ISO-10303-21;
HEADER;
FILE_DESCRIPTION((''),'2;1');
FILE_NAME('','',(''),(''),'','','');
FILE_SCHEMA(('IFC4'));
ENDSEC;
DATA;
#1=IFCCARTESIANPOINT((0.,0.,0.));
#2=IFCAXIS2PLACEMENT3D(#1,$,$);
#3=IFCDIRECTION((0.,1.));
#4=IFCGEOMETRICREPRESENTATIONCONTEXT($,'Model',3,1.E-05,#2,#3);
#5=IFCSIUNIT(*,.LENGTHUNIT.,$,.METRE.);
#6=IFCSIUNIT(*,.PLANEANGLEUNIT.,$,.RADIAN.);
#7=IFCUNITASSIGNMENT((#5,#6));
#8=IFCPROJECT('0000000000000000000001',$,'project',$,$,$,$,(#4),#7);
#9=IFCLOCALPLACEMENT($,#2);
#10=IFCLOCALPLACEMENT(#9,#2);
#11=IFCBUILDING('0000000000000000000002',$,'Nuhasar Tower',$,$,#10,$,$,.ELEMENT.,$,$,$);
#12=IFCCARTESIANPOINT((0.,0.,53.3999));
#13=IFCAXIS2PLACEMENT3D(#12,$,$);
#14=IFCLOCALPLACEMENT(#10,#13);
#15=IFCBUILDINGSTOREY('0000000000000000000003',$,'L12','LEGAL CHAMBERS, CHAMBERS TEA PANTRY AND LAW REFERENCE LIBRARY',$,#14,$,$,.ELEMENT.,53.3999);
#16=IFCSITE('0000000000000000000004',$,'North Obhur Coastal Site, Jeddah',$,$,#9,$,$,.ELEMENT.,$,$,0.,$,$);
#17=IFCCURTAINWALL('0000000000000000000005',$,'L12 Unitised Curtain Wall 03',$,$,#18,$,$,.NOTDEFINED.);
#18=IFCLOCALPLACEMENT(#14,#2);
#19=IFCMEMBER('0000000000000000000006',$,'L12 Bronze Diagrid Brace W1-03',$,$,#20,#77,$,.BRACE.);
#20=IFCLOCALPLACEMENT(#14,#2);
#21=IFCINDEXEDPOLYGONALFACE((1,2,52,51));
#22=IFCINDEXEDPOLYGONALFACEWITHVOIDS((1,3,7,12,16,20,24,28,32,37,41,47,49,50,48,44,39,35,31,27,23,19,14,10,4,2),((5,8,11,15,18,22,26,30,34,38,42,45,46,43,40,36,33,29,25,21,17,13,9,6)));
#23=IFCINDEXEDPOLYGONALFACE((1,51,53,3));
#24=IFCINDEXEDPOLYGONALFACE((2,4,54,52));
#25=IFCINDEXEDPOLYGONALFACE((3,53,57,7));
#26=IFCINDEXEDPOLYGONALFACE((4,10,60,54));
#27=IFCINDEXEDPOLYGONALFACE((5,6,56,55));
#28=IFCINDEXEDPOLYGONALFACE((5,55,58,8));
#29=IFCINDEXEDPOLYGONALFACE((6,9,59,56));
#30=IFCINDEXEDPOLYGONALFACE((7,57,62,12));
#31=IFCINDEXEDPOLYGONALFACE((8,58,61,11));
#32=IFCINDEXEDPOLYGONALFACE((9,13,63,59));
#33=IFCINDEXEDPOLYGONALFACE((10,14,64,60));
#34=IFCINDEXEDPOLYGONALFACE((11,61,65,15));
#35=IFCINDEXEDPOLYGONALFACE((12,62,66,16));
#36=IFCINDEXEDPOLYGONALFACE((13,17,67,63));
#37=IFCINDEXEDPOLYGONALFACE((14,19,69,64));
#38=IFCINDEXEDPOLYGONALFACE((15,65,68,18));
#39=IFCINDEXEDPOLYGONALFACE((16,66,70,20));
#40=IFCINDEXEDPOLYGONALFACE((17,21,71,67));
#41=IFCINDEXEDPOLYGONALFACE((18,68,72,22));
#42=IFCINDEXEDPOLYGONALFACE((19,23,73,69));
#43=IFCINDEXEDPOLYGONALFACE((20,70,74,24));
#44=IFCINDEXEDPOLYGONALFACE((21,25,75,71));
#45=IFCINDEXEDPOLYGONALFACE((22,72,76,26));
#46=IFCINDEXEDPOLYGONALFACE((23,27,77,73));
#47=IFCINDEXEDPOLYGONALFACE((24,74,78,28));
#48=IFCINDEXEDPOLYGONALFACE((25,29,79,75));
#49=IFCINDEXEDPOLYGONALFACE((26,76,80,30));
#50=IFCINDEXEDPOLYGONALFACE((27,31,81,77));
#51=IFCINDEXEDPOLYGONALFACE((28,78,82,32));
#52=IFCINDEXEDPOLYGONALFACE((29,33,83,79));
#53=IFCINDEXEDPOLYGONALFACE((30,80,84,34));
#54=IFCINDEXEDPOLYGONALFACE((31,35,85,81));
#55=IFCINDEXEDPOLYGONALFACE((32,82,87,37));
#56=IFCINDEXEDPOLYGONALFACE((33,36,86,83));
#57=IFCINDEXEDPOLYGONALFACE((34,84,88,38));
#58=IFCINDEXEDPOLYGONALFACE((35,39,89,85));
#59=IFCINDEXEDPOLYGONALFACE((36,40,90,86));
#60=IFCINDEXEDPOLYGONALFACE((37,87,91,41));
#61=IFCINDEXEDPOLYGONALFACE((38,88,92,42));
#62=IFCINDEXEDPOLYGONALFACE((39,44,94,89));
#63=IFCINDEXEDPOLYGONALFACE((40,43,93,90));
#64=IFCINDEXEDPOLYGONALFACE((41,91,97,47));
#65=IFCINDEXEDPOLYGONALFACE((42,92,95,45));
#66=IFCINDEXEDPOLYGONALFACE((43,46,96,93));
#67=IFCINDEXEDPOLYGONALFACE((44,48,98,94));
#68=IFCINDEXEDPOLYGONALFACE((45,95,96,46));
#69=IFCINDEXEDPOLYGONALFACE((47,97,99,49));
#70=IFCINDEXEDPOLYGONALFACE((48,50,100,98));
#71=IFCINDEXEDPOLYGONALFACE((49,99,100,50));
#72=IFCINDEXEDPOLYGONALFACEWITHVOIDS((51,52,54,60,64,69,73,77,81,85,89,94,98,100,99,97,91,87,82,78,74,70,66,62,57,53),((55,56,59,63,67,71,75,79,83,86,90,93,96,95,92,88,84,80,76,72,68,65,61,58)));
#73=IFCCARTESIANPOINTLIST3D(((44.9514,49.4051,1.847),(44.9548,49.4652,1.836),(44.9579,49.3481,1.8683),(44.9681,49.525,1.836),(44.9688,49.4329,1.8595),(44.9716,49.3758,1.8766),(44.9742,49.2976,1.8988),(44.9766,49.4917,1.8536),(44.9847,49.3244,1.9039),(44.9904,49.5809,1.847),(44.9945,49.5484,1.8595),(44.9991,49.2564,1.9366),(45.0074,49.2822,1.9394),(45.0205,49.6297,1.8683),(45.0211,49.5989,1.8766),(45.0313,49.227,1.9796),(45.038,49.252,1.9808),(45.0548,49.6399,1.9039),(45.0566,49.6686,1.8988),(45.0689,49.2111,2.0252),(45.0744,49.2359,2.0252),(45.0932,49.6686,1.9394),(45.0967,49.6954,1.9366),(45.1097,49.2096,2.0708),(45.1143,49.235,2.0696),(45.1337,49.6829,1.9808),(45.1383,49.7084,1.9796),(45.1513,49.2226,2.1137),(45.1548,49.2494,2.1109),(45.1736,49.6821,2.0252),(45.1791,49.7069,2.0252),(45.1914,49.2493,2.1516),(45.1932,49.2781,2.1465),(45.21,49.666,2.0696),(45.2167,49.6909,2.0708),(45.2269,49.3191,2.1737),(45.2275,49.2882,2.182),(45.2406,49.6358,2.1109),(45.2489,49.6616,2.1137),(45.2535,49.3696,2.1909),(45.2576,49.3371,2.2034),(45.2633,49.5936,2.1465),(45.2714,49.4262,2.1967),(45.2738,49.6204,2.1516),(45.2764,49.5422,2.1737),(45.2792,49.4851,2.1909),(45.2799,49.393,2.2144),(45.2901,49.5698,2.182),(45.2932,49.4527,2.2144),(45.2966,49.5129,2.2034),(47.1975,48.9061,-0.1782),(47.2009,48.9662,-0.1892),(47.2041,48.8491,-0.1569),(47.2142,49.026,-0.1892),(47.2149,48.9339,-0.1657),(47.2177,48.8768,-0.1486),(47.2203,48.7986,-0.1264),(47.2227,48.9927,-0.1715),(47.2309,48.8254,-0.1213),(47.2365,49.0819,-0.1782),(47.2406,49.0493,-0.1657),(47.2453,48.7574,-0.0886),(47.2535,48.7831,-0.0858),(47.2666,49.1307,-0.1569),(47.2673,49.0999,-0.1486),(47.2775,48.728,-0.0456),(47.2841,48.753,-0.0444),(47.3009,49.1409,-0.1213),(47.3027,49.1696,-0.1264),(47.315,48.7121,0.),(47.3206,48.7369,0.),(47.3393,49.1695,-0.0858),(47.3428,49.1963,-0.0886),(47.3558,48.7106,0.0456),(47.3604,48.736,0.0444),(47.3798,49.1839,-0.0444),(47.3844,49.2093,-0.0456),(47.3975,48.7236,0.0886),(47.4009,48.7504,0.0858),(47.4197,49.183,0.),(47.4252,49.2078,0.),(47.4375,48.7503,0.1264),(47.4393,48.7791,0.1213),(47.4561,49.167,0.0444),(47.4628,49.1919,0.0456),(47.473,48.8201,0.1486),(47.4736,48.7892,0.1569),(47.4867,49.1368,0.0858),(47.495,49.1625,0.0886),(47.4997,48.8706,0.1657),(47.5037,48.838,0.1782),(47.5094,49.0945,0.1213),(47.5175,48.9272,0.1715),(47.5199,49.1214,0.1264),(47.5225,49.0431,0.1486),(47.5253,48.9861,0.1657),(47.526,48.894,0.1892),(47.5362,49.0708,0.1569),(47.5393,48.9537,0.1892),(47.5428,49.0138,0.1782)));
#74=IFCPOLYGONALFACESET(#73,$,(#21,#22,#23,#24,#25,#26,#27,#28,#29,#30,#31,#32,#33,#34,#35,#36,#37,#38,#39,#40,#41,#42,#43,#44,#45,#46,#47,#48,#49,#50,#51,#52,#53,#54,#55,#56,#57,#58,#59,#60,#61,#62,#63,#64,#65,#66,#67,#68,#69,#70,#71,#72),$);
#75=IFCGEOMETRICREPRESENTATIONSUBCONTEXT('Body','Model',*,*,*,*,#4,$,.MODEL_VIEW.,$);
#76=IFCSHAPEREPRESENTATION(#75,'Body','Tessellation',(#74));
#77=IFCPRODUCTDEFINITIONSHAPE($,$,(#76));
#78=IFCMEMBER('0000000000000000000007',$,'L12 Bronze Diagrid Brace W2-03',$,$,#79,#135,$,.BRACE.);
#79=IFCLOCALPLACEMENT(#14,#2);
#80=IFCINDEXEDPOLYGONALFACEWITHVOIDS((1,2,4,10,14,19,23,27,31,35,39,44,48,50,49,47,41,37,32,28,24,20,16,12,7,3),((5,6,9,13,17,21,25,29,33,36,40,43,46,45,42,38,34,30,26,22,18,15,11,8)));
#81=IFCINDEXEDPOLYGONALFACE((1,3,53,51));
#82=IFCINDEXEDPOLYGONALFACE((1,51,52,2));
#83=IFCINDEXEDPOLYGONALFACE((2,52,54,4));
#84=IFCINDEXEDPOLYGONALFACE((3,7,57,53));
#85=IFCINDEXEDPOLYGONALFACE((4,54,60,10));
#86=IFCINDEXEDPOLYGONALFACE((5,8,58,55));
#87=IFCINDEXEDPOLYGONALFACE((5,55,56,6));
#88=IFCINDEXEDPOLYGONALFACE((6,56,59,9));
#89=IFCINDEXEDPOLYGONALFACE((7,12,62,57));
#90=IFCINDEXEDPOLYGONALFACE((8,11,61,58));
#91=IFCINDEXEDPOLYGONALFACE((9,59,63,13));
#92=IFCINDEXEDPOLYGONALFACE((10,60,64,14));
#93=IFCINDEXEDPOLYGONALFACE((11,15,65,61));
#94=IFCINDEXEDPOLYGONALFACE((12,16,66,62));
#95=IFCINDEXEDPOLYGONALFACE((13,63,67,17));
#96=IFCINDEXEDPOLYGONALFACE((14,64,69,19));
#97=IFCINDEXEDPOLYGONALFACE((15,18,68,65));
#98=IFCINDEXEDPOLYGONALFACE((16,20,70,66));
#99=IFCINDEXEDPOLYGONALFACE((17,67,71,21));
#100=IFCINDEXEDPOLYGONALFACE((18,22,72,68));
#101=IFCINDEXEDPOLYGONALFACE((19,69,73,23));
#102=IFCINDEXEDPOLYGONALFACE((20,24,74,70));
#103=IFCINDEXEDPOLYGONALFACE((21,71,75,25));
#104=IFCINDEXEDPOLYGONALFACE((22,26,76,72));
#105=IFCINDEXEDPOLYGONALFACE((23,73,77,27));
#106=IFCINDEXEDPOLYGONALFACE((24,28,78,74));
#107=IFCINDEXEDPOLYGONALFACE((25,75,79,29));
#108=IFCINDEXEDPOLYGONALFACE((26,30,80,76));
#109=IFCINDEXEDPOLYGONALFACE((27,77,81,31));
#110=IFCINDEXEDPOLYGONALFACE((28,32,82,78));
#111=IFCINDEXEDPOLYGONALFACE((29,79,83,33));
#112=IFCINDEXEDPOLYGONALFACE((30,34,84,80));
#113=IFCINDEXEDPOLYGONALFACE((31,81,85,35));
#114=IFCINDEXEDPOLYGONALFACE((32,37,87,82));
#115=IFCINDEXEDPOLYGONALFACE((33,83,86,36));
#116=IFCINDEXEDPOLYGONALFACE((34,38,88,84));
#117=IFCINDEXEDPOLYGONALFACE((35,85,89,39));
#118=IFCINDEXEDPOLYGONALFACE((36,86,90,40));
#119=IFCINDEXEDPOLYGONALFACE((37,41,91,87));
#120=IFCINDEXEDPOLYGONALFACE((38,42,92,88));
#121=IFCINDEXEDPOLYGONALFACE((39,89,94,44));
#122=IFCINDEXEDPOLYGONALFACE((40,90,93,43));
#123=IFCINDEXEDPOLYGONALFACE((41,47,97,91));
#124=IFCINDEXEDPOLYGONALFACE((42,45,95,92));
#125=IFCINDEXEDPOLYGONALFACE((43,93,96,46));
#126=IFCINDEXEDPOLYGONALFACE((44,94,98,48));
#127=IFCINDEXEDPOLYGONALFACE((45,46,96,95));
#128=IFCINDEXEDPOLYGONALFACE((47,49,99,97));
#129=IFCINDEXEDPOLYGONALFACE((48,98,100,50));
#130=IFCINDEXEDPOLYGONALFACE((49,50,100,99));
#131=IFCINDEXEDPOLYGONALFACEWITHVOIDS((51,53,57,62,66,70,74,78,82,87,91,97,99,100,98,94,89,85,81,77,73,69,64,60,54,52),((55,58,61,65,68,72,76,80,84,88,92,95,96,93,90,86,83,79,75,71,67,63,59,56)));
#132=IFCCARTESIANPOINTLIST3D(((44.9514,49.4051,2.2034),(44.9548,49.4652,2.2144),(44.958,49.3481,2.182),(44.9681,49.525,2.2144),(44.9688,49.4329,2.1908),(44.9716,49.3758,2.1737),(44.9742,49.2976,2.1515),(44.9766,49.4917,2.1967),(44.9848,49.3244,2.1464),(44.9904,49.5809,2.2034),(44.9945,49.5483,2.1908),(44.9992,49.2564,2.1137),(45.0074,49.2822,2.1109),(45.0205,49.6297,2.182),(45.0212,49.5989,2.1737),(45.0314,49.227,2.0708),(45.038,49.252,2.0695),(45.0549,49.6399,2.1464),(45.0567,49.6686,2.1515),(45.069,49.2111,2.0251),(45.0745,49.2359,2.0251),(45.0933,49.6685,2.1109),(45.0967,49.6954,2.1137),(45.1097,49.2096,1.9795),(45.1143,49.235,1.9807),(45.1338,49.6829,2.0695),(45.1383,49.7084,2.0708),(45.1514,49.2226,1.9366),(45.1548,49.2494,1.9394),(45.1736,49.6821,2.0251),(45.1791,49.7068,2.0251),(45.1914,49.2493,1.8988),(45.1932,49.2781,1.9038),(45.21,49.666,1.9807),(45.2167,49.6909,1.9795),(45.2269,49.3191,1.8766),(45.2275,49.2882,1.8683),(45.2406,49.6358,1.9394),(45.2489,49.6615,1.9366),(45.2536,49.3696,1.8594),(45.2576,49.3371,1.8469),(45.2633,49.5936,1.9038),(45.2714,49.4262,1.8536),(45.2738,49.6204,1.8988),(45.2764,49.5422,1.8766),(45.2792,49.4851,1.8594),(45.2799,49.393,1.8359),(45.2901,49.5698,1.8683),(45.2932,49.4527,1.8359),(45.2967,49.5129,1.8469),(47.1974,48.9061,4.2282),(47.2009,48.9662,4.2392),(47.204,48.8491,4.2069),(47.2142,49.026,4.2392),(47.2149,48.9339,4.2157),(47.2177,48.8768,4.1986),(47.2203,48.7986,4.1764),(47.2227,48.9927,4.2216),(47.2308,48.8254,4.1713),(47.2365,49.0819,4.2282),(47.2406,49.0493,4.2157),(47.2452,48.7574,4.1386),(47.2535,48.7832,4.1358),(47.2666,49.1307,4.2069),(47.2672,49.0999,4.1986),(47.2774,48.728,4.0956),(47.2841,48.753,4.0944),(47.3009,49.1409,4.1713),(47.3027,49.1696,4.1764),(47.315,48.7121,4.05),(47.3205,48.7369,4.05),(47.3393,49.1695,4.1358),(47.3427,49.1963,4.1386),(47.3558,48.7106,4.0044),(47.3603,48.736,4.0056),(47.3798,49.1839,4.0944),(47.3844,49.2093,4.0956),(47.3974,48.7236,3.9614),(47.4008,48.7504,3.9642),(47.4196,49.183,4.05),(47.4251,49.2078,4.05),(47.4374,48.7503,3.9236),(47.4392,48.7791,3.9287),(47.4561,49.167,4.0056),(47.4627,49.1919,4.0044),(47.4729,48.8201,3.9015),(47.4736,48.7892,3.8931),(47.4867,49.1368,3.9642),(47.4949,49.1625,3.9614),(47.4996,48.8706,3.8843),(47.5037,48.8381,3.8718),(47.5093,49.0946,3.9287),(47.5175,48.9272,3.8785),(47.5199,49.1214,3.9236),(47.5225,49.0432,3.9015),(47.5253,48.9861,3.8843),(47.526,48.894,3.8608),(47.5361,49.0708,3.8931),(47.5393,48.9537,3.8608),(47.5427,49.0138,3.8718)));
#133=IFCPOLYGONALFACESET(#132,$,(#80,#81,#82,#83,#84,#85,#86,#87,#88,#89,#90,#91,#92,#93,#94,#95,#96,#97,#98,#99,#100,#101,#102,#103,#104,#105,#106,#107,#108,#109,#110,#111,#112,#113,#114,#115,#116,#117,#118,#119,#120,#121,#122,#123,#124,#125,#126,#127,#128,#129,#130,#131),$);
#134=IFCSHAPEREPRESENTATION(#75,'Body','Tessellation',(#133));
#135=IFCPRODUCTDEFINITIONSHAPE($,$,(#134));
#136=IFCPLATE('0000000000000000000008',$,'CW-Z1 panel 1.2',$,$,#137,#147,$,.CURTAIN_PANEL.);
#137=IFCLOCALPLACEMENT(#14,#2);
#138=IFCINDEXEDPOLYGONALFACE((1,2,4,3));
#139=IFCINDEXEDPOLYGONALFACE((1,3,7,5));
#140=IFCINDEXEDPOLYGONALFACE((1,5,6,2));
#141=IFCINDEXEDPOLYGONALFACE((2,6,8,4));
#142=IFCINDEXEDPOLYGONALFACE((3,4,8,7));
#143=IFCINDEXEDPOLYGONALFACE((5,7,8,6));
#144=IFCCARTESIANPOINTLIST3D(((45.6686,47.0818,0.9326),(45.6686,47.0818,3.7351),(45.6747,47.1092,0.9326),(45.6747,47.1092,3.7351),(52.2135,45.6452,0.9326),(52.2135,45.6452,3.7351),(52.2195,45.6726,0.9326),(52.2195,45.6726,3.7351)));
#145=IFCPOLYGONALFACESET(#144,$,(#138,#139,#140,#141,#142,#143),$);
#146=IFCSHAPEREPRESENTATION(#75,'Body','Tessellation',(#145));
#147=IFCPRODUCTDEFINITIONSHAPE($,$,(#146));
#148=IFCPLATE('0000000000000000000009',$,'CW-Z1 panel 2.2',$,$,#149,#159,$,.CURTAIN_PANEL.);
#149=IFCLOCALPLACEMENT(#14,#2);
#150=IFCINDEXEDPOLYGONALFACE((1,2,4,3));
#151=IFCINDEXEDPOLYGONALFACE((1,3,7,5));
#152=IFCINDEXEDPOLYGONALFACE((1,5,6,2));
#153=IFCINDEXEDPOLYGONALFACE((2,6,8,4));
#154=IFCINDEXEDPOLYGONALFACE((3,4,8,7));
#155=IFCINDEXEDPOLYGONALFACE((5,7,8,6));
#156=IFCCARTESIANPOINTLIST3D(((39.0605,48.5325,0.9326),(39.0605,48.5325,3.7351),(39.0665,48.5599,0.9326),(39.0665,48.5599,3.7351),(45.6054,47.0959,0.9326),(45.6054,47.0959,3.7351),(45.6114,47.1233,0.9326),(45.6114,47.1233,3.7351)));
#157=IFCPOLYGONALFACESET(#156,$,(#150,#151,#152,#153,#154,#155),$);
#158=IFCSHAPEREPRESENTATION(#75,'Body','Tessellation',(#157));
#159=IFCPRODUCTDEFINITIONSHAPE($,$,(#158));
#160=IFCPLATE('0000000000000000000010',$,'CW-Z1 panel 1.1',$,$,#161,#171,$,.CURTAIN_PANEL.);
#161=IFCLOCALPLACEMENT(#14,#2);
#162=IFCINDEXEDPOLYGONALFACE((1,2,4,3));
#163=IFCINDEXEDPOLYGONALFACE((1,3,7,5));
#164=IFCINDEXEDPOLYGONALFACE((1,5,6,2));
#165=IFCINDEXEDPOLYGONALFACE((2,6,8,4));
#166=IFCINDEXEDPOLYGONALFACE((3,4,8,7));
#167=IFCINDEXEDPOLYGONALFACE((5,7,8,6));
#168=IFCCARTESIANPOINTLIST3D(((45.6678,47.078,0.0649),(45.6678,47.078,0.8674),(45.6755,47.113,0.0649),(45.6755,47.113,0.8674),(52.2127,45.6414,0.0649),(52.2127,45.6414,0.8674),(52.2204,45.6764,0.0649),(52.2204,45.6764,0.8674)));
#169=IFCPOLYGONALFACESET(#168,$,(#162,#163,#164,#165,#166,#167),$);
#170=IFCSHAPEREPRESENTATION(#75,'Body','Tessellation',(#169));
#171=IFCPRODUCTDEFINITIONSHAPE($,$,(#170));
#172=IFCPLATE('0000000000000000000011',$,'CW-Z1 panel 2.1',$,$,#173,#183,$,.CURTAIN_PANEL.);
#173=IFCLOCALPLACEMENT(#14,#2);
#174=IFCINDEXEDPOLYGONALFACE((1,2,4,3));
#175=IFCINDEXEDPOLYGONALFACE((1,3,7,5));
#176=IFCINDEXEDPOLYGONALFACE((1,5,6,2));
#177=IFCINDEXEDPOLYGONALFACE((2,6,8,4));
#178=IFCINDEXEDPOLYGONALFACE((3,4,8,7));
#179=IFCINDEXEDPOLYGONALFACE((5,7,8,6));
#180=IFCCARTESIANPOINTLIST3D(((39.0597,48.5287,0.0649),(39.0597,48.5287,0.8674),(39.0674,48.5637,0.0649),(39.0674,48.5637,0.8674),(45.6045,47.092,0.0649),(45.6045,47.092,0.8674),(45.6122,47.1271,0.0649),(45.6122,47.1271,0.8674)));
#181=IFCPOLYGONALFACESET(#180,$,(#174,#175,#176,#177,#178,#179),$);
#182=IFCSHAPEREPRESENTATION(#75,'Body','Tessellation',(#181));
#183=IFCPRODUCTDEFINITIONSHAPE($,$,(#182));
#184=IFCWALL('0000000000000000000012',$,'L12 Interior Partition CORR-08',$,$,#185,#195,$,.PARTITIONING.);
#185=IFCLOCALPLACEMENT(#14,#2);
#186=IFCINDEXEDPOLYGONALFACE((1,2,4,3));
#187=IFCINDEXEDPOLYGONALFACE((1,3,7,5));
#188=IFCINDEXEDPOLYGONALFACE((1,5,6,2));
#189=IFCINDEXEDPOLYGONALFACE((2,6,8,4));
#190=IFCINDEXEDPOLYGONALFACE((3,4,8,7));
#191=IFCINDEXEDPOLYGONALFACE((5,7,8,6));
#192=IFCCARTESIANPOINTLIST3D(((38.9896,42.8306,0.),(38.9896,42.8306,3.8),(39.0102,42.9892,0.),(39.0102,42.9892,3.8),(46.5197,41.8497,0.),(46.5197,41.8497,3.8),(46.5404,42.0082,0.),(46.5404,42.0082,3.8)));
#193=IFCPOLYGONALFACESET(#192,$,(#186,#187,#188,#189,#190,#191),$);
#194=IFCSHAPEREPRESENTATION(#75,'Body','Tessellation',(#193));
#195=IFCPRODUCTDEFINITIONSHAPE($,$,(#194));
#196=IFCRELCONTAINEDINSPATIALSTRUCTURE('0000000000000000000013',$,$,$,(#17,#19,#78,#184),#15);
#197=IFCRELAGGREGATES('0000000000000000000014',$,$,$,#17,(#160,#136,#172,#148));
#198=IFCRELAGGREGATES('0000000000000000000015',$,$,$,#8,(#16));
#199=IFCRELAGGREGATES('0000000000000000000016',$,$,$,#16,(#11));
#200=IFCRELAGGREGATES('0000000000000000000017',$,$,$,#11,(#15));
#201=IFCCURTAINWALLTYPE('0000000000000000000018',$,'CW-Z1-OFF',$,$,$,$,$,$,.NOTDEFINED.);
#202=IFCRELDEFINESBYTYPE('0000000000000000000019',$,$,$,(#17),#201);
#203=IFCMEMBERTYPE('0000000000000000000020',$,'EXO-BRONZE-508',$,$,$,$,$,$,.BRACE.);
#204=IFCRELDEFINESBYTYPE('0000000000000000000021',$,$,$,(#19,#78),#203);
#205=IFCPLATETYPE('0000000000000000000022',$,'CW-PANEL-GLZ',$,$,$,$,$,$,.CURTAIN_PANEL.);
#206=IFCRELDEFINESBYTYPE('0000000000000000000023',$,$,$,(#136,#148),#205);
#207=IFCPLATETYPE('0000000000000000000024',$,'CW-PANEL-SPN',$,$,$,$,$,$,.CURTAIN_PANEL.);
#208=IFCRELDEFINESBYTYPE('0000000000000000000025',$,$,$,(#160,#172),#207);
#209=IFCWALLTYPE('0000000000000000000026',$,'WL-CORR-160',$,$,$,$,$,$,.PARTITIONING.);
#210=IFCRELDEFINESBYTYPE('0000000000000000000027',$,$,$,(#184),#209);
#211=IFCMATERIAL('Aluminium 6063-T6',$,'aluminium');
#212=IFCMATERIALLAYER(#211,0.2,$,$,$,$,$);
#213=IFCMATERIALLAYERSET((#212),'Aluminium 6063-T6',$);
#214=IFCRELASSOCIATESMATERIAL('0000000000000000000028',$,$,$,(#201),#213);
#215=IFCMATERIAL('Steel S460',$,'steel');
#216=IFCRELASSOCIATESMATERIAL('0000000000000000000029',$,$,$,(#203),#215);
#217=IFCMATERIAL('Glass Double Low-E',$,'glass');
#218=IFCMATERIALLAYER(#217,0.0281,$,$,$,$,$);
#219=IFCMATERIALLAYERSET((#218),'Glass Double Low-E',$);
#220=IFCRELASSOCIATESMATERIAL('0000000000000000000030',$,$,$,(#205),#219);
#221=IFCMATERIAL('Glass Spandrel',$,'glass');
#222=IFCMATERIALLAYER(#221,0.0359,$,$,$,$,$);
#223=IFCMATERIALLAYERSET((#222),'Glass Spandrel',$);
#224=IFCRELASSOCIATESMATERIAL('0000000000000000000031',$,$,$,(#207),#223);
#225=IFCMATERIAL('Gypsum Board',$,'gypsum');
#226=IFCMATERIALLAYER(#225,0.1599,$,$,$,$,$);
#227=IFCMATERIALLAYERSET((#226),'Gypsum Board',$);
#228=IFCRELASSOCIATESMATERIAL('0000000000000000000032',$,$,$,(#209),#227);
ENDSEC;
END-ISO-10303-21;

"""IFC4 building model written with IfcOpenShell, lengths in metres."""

from ifc_helpers import new_model, si_unit, direction, frame, frame_2d, origin, origin_2d, place, context, subcontext, project, spatial, rectangle, hollow_circle, extrude, material, layer, layer_set, material_profile, profile_set, type_object, element, aggregate, save


model = new_model("IFC4")

# Units and contexts
model_context = context("Model", 3, precision=1e-05, world=origin(), true_north=direction((0.0, 1.0)))
body_context = subcontext(model_context, "Body", "Model", "MODEL_VIEW")
ifc_project = project(units=[si_unit("LENGTHUNIT", "METRE"), si_unit("PLANEANGLEUNIT", "RADIAN")], contexts=[model_context])

# Site, building, storey
site_placement = place(None, origin())
site = spatial("IfcSite", under=ifc_project, at=site_placement, Name="North Obhur Coastal Site, Jeddah", CompositionType="ELEMENT", RefElevation=0.0)
building_placement = place(site_placement, origin())
building = spatial("IfcBuilding", under=site, at=building_placement, Name="Nuhasar Tower", CompositionType="ELEMENT")
storey_placement = place(building_placement, frame((0.0, 0.0, 53.3999)))
storey = spatial("IfcBuildingStorey", under=building, at=storey_placement, Name="L12", Description="LEGAL CHAMBERS, CHAMBERS TEA PANTRY AND LAW REFERENCE LIBRARY", CompositionType="ELEMENT", Elevation=53.3999)

# Curtain wall
ifc_material_1 = material(Name="Aluminium 6063-T6", Category="aluminium")
ifc_layer_1 = layer(ifc_material_1, 0.2)
ifc_layer_set_1 = layer_set([ifc_layer_1], Name="Aluminium 6063-T6")
curtain_wall_type = type_object("IfcCurtainWallType", Name="CW-Z1-OFF", PredefinedType="NOTDEFINED", material=ifc_layer_set_1)
curtain_wall_placement = place(storey_placement, origin())
curtain_wall = element("IfcCurtainWall", 1, at=curtain_wall_placement, inside=storey, type_object=curtain_wall_type, Name="L12 Unitised Curtain Wall 03", PredefinedType="NOTDEFINED")

# Members
ifc_material_2 = material(Name="Steel S460", Category="steel")
ifc_material_profile_1 = material_profile(ifc_material_2, hollow_circle(Radius=0.2539, WallThickness=0.0254, at=origin_2d()), Name="HSS508X25.4")
ifc_profile_set_1 = profile_set([ifc_material_profile_1], Name="Steel S460")
member_type_1 = type_object("IfcMemberType", Name="EXO-BRONZE-508", PredefinedType="BRACE", material=ifc_profile_set_1)
member_1_placement = place(storey_placement, frame((47.3701, 48.96, 0.0), z_axis=(-0.732783, 0.162805, 0.660699), x_axis=(-0.216886, -0.976197, 0.0)))
element("IfcMember", 2, at=member_1_placement, inside=storey, type_object=member_type_1, Name="L12 Bronze Diagrid Brace W1-03", PredefinedType="BRACE", context=body_context, shape_type="SweptSolid", body=[
    extrude(hollow_circle(Radius=0.2539, WallThickness=0.0254, at=origin_2d()), origin(), (0.0, 0.0, 1.0), 3.0652),
])
member_2_placement = place(storey_placement, frame((45.124, 49.459, 2.0251), z_axis=(0.732821, -0.162814, 0.660654), x_axis=(0.216886, 0.976197, 0.0)))
element("IfcMember", 3, at=member_2_placement, inside=storey, type_object=member_type_1, Name="L12 Bronze Diagrid Brace W2-03", PredefinedType="BRACE", context=body_context, shape_type="SweptSolid", body=[
    extrude(hollow_circle(Radius=0.2539, WallThickness=0.0254, at=origin_2d()), origin(), (0.0, 0.0, 1.0), 3.0649),
])

# Plates
ifc_material_3 = material(Name="Glass Double Low-E", Category="glass")
ifc_layer_2 = layer(ifc_material_3, 0.0281)
ifc_layer_set_2 = layer_set([ifc_layer_2], Name="Glass Double Low-E")
plate_type_1 = type_object("IfcPlateType", Name="CW-PANEL-GLZ", PredefinedType="CURTAIN_PANEL", material=ifc_layer_set_2)
plate_1_placement = place(storey_placement, frame((48.9441, 46.3772, 0.9326), z_axis=(0.0, 0.0, 1.0), x_axis=(-0.976746, 0.214399, 0.0)))
plate_1 = element("IfcPlate", 4, at=plate_1_placement, type_object=plate_type_1, Name="CW-Z1 panel 1.2", PredefinedType="CURTAIN_PANEL", context=body_context, shape_type="SweptSolid", body=[
    extrude(rectangle(XDim=6.7007, YDim=0.0281, at=origin_2d()), origin(), (0.0, 0.0, 1.0), 2.8025),
])
plate_2_placement = place(storey_placement, frame((42.3359, 47.8279, 0.9326), z_axis=(0.0, 0.0, 1.0), x_axis=(-0.976746, 0.214399, 0.0)))
plate_2 = element("IfcPlate", 5, at=plate_2_placement, type_object=plate_type_1, Name="CW-Z1 panel 2.2", PredefinedType="CURTAIN_PANEL", context=body_context, shape_type="SweptSolid", body=[
    extrude(rectangle(XDim=6.7007, YDim=0.0281, at=origin_2d()), origin(), (0.0, 0.0, 1.0), 2.8025),
])
ifc_material_4 = material(Name="Glass Spandrel", Category="glass")
ifc_layer_3 = layer(ifc_material_4, 0.0359)
ifc_layer_set_3 = layer_set([ifc_layer_3], Name="Glass Spandrel")
plate_type_2 = type_object("IfcPlateType", Name="CW-PANEL-SPN", PredefinedType="CURTAIN_PANEL", material=ifc_layer_set_3)
plate_3_placement = place(storey_placement, frame((48.9441, 46.3772, 0.0649), z_axis=(0.0, 0.0, 1.0), x_axis=(-0.976746, 0.214399, 0.0)))
plate_3 = element("IfcPlate", 6, at=plate_3_placement, type_object=plate_type_2, Name="CW-Z1 panel 1.1", PredefinedType="CURTAIN_PANEL", context=body_context, shape_type="SweptSolid", body=[
    extrude(rectangle(XDim=6.7007, YDim=0.0359, at=origin_2d()), origin(), (0.0, 0.0, 1.0), 0.8025),
])
plate_4_placement = place(storey_placement, frame((42.3359, 47.8279, 0.0649), z_axis=(0.0, 0.0, 1.0), x_axis=(-0.976746, 0.214399, 0.0)))
plate_4 = element("IfcPlate", 7, at=plate_4_placement, type_object=plate_type_2, Name="CW-Z1 panel 2.1", PredefinedType="CURTAIN_PANEL", context=body_context, shape_type="SweptSolid", body=[
    extrude(rectangle(XDim=6.7007, YDim=0.0359, at=origin_2d()), origin(), (0.0, 0.0, 1.0), 0.8025),
])
aggregate(curtain_wall, [plate_3, plate_1, plate_4, plate_2])

# Wall
ifc_material_5 = material(Name="Gypsum Board", Category="gypsum")
ifc_layer_4 = layer(ifc_material_5, 0.1599)
ifc_layer_set_4 = layer_set([ifc_layer_4], Name="Gypsum Board")
wall_type_1 = type_object("IfcWallType", Name="WL-CORR-160", PredefinedType="PARTITIONING", material=ifc_layer_set_4)
wall_1_placement = place(storey_placement, frame((46.53, 41.929, 0.0), z_axis=(0.0, 0.0, 1.0), x_axis=(-0.991621, 0.129181, 0.0)))
element("IfcWall", 8, at=wall_1_placement, inside=storey, type_object=wall_type_1, Name="L12 Interior Partition CORR-08", PredefinedType="PARTITIONING", context=body_context, shape_type="SweptSolid", body=[
    extrude(rectangle(XDim=7.5938, YDim=0.1599, at=frame_2d((3.7969, 0.0))), origin(), (0.0, 0.0, 1.0), 3.8),
])

save(model, "model.ifc")
